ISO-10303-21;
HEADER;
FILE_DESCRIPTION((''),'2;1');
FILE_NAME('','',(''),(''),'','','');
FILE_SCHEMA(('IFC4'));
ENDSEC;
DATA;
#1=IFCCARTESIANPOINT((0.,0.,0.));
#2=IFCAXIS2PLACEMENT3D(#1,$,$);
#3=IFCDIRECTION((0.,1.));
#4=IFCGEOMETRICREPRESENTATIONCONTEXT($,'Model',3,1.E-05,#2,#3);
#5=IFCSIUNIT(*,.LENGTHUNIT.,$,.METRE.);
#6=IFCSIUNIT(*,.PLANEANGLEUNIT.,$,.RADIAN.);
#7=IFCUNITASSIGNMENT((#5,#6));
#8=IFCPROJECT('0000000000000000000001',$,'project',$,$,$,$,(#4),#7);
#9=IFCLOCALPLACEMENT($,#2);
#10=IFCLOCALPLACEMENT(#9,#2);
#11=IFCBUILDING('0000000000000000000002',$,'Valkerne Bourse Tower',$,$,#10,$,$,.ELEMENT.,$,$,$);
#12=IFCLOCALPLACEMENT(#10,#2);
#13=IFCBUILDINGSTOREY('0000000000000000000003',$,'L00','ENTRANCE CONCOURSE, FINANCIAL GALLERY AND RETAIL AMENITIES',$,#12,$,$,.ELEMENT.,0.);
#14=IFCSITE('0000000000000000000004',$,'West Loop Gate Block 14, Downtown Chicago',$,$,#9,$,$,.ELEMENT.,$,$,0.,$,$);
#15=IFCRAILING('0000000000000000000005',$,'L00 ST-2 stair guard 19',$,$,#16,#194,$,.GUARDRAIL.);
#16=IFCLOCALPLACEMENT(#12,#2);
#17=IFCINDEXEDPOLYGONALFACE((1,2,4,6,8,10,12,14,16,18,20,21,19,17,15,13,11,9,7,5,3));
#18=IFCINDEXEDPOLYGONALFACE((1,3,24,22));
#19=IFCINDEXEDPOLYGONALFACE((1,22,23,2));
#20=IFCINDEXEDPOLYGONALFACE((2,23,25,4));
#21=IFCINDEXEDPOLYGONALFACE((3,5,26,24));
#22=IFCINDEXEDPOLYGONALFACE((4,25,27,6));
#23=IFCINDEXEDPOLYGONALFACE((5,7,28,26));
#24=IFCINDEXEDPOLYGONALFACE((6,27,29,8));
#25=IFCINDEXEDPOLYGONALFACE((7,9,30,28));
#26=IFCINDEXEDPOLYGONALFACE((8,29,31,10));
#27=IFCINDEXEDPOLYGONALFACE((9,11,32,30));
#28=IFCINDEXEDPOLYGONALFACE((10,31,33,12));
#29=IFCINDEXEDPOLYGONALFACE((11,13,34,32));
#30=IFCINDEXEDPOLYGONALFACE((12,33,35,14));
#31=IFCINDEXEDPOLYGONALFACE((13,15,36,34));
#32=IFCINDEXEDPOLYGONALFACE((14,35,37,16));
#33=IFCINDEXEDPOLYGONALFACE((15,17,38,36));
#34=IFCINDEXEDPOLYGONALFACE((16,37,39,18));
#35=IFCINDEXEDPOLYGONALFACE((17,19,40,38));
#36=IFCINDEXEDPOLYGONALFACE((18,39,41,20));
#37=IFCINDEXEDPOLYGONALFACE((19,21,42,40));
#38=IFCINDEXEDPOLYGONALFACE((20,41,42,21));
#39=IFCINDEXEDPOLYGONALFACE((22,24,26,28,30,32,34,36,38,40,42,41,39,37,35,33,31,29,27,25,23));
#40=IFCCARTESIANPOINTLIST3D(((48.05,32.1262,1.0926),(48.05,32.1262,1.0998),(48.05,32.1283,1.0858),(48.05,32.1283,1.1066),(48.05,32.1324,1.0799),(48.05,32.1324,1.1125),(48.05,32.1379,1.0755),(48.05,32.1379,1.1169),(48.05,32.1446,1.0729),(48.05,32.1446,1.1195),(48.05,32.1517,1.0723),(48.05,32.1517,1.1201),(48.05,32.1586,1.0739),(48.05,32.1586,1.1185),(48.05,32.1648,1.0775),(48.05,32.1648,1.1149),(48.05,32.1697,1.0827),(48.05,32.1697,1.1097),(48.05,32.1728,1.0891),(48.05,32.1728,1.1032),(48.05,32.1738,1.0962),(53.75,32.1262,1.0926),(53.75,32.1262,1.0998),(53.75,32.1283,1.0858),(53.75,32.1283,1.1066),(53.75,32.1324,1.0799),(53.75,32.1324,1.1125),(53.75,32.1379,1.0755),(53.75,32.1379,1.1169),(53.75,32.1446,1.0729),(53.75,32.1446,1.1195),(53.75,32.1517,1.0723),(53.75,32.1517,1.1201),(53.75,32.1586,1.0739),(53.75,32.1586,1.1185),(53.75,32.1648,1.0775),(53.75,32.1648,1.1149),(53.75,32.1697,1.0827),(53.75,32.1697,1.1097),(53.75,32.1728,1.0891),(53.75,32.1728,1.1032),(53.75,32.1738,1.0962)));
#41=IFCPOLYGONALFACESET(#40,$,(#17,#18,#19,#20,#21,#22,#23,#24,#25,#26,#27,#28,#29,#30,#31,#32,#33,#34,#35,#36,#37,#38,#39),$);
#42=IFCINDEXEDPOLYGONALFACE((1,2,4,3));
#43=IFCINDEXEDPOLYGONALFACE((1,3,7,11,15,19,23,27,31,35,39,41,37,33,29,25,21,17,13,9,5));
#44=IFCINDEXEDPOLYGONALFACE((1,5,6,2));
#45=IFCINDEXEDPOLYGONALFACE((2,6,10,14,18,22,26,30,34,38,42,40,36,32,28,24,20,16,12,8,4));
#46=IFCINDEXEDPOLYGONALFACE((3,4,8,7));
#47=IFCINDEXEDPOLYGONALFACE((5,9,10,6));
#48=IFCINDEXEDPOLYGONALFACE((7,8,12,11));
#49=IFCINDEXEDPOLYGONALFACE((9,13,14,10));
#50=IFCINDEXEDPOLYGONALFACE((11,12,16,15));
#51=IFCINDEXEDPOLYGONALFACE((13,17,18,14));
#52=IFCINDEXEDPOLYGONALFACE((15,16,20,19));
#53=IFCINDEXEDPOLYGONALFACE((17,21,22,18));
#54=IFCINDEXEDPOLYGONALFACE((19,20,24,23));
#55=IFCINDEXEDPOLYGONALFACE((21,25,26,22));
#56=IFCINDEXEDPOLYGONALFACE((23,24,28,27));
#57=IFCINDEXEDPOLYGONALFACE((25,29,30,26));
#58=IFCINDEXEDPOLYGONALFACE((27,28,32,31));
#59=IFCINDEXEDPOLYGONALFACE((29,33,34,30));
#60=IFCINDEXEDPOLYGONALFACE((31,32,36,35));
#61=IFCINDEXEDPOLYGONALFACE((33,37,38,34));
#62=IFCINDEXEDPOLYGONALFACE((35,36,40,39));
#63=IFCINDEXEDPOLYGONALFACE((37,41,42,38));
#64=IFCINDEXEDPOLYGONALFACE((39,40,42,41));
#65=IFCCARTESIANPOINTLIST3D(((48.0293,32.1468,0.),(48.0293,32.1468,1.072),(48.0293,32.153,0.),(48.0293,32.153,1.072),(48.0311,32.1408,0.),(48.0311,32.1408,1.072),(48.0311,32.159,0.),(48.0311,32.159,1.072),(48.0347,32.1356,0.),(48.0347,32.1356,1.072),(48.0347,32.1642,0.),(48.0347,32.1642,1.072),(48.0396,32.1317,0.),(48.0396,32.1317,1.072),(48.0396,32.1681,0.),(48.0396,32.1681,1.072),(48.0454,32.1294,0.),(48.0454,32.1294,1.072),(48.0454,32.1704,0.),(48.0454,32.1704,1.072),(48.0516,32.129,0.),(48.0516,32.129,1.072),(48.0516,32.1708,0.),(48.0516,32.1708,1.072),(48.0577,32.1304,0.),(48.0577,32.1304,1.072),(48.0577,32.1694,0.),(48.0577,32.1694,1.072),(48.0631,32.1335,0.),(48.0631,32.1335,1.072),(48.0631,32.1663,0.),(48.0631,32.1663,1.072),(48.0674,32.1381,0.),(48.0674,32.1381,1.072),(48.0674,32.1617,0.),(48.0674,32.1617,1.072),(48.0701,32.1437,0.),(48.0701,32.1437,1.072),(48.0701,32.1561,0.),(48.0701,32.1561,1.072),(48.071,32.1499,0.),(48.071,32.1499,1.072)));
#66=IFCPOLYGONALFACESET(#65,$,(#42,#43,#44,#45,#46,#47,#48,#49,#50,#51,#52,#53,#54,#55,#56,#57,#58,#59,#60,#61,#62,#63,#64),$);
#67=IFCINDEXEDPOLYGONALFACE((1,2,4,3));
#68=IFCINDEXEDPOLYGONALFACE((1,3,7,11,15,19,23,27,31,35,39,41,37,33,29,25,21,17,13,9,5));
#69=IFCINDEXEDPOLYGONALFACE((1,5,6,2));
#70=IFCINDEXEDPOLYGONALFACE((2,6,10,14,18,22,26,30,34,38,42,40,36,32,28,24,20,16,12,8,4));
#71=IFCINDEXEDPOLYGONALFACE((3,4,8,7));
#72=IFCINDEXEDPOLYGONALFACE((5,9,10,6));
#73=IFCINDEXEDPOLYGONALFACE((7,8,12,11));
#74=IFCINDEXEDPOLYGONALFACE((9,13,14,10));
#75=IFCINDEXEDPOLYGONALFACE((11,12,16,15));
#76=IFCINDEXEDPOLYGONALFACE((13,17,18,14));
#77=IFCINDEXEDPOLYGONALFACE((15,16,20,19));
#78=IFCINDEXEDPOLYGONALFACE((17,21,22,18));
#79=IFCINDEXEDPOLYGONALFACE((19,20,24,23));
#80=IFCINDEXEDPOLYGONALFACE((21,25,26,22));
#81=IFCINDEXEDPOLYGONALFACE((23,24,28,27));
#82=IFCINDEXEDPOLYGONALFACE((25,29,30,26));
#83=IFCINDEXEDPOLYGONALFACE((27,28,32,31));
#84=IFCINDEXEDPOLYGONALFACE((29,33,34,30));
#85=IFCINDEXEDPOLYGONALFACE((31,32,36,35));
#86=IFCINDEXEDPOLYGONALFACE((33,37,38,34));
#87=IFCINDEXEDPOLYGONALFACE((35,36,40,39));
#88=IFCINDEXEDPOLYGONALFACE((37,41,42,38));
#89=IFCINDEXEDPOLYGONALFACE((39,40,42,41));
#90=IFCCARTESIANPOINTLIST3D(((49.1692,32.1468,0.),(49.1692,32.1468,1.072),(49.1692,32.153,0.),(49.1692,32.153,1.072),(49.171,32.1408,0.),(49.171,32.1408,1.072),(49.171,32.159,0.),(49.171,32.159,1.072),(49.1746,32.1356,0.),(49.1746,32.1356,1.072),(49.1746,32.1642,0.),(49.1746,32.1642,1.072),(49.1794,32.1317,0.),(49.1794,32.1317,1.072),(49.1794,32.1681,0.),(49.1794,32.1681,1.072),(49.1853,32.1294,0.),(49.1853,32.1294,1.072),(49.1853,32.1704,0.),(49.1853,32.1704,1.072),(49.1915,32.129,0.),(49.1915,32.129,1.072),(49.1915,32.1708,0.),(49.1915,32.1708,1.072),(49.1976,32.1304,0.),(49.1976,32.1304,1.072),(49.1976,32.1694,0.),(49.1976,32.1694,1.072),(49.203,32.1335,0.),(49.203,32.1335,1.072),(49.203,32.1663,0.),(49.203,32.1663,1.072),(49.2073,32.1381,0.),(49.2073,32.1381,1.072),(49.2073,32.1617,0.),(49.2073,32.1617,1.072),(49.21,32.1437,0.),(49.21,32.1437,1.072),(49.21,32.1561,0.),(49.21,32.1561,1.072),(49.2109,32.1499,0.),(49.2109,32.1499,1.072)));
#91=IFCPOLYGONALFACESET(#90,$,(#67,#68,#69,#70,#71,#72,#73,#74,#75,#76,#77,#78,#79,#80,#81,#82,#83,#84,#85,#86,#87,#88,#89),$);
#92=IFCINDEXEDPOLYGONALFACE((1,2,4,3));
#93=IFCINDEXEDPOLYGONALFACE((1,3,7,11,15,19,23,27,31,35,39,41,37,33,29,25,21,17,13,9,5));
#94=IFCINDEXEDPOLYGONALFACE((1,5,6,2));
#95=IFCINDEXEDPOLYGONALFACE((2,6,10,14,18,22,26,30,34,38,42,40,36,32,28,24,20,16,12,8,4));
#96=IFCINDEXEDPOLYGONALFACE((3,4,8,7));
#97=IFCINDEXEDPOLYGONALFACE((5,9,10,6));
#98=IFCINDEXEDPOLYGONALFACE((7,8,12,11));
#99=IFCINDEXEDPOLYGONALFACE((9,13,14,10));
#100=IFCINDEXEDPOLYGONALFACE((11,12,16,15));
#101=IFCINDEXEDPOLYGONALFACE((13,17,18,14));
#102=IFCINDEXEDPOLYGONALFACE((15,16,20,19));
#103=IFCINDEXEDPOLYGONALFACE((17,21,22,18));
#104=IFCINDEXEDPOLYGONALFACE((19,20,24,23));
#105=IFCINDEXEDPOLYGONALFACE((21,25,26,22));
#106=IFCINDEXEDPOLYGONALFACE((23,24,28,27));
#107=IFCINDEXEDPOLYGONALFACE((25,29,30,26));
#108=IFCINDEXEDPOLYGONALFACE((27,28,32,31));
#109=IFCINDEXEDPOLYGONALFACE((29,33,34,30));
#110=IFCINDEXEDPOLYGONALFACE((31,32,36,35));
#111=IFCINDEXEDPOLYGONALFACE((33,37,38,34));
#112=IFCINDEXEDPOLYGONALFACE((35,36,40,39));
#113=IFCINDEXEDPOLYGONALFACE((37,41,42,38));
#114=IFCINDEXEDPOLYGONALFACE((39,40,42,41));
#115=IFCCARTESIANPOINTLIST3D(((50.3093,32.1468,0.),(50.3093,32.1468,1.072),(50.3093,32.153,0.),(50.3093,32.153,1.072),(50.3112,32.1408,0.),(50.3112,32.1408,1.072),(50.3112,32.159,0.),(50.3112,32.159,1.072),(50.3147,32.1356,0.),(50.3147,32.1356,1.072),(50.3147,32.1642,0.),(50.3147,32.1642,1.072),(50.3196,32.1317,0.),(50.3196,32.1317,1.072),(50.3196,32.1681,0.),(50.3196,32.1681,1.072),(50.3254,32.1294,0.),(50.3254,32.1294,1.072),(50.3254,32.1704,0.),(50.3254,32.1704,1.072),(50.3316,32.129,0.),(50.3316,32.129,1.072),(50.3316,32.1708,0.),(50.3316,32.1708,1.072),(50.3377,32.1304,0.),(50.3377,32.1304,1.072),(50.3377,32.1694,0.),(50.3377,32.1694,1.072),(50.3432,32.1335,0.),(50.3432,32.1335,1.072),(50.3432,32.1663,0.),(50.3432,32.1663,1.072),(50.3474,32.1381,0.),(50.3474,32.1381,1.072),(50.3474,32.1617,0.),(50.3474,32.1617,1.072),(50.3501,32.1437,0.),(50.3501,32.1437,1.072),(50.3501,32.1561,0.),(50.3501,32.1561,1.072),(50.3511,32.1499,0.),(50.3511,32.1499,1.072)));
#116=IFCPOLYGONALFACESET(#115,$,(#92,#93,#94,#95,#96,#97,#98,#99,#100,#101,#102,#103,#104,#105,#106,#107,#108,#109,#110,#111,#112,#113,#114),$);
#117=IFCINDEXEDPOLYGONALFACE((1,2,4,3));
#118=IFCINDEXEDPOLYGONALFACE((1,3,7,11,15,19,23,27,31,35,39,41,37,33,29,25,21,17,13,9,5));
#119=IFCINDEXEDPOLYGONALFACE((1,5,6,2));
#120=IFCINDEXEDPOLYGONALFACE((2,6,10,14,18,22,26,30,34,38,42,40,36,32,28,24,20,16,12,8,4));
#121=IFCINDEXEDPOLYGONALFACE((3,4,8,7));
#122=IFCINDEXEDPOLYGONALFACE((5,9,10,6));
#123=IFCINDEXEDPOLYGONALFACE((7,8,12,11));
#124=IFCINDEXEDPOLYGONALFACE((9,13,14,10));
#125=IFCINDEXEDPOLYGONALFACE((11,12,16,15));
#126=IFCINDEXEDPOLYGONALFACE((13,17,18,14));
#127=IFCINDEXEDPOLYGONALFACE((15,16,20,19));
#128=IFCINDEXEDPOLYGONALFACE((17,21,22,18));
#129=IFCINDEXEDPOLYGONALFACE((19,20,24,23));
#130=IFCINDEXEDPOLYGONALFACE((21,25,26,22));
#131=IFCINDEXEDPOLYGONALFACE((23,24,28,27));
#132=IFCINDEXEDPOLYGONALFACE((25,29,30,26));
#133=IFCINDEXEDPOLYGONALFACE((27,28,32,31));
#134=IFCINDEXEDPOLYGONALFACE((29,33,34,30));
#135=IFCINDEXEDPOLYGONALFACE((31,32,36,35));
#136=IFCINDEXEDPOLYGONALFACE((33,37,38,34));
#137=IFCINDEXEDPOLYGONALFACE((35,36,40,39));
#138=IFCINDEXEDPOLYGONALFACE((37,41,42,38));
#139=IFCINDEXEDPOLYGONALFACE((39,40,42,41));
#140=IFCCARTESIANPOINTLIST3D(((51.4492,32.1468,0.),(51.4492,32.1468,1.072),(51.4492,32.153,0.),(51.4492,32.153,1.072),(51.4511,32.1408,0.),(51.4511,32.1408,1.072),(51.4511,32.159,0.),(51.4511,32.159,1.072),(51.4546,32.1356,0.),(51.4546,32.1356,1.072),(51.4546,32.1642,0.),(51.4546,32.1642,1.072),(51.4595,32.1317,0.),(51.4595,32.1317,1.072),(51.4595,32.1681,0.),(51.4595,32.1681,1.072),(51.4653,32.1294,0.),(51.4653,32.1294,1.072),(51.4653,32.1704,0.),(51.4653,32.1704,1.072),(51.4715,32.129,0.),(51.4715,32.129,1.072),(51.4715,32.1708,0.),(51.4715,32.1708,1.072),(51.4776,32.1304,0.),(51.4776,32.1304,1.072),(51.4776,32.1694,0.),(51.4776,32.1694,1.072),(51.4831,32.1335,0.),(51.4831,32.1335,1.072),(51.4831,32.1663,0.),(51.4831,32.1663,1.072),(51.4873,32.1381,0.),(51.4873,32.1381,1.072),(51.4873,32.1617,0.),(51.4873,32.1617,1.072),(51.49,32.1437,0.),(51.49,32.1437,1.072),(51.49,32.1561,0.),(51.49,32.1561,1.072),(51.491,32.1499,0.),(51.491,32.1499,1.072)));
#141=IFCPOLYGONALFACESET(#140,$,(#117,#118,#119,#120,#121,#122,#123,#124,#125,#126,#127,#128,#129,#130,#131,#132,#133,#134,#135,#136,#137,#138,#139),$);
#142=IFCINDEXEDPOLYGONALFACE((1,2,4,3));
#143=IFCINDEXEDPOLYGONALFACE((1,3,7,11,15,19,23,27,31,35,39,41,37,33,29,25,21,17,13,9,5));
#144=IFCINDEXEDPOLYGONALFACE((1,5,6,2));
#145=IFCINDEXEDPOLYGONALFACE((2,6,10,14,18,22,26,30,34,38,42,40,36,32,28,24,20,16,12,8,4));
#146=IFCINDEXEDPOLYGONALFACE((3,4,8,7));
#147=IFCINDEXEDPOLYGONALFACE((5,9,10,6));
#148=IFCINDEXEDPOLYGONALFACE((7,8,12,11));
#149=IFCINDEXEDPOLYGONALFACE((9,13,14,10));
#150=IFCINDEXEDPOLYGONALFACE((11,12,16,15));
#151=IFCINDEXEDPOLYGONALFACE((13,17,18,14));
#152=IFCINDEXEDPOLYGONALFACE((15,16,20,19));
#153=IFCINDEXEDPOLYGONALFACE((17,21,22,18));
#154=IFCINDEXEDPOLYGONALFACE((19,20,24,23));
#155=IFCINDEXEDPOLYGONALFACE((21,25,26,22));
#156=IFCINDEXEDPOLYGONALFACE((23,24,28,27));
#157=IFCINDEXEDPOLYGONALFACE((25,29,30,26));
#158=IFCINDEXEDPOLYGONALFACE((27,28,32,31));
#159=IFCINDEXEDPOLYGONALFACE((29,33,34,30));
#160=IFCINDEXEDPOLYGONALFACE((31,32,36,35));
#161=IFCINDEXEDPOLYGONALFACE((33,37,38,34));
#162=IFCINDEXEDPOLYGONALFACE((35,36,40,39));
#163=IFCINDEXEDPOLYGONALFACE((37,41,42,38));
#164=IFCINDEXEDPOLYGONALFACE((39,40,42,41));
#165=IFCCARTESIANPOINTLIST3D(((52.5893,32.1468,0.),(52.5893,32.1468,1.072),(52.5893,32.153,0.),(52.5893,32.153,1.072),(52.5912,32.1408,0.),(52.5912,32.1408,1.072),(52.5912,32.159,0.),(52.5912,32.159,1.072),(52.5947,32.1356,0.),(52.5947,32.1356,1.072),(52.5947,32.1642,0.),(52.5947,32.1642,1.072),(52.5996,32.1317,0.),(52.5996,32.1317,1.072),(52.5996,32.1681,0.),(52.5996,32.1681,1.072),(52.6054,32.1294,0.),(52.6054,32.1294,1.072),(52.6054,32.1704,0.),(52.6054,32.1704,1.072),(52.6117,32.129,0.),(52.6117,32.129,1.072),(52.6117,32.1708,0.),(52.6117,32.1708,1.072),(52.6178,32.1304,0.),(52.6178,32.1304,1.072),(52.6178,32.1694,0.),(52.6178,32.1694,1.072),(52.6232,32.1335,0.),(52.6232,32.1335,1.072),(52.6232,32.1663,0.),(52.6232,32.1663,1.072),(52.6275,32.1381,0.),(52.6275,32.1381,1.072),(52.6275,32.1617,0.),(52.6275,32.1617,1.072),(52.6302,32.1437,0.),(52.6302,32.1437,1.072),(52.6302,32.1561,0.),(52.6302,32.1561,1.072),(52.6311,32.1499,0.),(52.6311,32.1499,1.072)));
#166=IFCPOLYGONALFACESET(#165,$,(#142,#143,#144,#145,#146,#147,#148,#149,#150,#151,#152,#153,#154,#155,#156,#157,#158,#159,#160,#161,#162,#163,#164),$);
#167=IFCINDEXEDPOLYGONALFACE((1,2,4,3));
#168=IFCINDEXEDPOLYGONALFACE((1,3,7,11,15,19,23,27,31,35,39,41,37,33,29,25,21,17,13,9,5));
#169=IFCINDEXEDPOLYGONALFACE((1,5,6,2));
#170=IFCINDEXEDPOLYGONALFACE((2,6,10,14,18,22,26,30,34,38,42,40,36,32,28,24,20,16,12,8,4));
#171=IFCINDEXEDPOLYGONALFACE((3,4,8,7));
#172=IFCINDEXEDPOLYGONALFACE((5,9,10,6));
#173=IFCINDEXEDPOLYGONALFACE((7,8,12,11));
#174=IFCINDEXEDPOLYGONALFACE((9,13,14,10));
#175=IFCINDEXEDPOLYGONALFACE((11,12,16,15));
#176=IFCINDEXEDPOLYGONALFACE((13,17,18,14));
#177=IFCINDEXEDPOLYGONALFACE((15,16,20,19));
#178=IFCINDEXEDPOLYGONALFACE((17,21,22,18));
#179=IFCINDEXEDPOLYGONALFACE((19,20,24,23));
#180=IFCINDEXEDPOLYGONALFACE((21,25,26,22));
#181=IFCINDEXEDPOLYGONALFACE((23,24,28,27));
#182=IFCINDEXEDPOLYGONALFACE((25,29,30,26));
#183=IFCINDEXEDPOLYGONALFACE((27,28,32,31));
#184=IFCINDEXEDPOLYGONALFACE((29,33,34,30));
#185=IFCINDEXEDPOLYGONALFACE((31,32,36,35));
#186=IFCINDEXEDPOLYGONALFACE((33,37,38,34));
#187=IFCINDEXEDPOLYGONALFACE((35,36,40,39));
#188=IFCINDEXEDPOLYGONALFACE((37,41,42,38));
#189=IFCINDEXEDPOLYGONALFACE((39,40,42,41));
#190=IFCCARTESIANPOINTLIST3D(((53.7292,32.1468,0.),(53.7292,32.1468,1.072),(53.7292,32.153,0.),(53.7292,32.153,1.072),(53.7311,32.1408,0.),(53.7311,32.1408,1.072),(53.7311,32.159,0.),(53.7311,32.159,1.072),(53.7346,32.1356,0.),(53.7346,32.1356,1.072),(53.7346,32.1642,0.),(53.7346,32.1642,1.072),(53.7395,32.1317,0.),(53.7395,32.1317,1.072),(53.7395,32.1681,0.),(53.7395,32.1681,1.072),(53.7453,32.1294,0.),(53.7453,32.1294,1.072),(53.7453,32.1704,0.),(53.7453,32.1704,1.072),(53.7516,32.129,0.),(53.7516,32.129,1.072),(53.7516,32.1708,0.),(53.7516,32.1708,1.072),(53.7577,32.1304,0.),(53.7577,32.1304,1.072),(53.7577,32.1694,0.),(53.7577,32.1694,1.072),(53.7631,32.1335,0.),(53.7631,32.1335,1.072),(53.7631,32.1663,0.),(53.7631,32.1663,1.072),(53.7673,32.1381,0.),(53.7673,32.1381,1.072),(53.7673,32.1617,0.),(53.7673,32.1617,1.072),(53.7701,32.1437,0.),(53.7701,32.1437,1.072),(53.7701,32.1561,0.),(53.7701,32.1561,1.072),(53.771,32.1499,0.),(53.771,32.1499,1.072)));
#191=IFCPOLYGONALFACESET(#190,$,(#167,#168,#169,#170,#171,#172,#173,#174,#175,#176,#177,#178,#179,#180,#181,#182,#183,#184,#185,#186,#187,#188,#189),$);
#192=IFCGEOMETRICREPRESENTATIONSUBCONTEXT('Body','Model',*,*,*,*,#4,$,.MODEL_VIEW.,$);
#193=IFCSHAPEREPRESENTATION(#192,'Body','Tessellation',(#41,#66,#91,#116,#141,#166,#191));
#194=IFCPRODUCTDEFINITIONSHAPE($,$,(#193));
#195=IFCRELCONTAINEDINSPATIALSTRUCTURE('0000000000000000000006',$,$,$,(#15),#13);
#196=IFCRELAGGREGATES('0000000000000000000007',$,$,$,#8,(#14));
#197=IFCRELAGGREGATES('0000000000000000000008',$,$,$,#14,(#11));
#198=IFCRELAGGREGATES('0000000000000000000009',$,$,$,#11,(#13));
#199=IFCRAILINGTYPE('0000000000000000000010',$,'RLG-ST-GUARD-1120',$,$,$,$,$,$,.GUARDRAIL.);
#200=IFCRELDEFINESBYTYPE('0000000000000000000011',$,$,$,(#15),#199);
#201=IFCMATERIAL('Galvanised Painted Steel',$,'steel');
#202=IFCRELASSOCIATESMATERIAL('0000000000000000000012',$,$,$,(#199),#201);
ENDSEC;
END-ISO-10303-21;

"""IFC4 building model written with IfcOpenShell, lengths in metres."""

from ifc_helpers import new_model, si_unit, direction, frame, origin, origin_2d, place, context, subcontext, project, spatial, circle, extrude, material, type_object, element, save


model = new_model("IFC4")

# Units and contexts
model_context = context("Model", 3, precision=1e-05, world=origin(), true_north=direction((0.0, 1.0)))
body_context = subcontext(model_context, "Body", "Model", "MODEL_VIEW")
ifc_project = project(units=[si_unit("LENGTHUNIT", "METRE"), si_unit("PLANEANGLEUNIT", "RADIAN")], contexts=[model_context])

# Site, building, storey
site_placement = place(None, origin())
site = spatial("IfcSite", under=ifc_project, at=site_placement, Name="West Loop Gate Block 14, Downtown Chicago", CompositionType="ELEMENT", RefElevation=0.0)
building_placement = place(site_placement, origin())
building = spatial("IfcBuilding", under=site, at=building_placement, Name="Valkerne Bourse Tower", CompositionType="ELEMENT")
storey_placement = place(building_placement, origin())
storey = spatial("IfcBuildingStorey", under=building, at=storey_placement, Name="L00", Description="ENTRANCE CONCOURSE, FINANCIAL GALLERY AND RETAIL AMENITIES", CompositionType="ELEMENT", Elevation=0.0)

# Shared definitions
ifc_material_1 = material(Name="Galvanised Painted Steel", Category="steel")

# Railing
railing_type_1 = type_object("IfcRailingType", Name="RLG-ST-GUARD-1120", PredefinedType="GUARDRAIL", material=ifc_material_1)
railing_1_placement = place(storey_placement, frame((48.05, 32.1499, 0.0)))
element("IfcRailing", 1, at=railing_1_placement, inside=storey, type_object=railing_type_1, Name="L00 ST-2 stair guard 19", PredefinedType="GUARDRAIL", context=body_context, shape_type="SweptSolid", body=[
    extrude(circle(Radius=0.0239, at=origin_2d()), frame((0.0, 0.0, 1.0962), z_axis=(1.0, 0.0, 0.0), x_axis=(0.0, 1.0, 0.0)), (0.0, 0.0, 1.0), 5.7),
    extrude(circle(Radius=0.021, at=origin_2d()), origin(), (0.0, 0.0, 1.0), 1.072),
    extrude(circle(Radius=0.021, at=origin_2d()), frame((1.1399, 0.0, 0.0)), (0.0, 0.0, 1.0), 1.072),
    extrude(circle(Radius=0.021, at=origin_2d()), frame((2.28, 0.0, 0.0)), (0.0, 0.0, 1.0), 1.072),
    extrude(circle(Radius=0.021, at=origin_2d()), frame((3.4199, 0.0, 0.0)), (0.0, 0.0, 1.0), 1.072),
    extrude(circle(Radius=0.021, at=origin_2d()), frame((4.5601, 0.0, 0.0)), (0.0, 0.0, 1.0), 1.072),
    extrude(circle(Radius=0.021, at=origin_2d()), frame((5.7, 0.0, 0.0)), (0.0, 0.0, 1.0), 1.072),
])

save(model, "model.ifc")
